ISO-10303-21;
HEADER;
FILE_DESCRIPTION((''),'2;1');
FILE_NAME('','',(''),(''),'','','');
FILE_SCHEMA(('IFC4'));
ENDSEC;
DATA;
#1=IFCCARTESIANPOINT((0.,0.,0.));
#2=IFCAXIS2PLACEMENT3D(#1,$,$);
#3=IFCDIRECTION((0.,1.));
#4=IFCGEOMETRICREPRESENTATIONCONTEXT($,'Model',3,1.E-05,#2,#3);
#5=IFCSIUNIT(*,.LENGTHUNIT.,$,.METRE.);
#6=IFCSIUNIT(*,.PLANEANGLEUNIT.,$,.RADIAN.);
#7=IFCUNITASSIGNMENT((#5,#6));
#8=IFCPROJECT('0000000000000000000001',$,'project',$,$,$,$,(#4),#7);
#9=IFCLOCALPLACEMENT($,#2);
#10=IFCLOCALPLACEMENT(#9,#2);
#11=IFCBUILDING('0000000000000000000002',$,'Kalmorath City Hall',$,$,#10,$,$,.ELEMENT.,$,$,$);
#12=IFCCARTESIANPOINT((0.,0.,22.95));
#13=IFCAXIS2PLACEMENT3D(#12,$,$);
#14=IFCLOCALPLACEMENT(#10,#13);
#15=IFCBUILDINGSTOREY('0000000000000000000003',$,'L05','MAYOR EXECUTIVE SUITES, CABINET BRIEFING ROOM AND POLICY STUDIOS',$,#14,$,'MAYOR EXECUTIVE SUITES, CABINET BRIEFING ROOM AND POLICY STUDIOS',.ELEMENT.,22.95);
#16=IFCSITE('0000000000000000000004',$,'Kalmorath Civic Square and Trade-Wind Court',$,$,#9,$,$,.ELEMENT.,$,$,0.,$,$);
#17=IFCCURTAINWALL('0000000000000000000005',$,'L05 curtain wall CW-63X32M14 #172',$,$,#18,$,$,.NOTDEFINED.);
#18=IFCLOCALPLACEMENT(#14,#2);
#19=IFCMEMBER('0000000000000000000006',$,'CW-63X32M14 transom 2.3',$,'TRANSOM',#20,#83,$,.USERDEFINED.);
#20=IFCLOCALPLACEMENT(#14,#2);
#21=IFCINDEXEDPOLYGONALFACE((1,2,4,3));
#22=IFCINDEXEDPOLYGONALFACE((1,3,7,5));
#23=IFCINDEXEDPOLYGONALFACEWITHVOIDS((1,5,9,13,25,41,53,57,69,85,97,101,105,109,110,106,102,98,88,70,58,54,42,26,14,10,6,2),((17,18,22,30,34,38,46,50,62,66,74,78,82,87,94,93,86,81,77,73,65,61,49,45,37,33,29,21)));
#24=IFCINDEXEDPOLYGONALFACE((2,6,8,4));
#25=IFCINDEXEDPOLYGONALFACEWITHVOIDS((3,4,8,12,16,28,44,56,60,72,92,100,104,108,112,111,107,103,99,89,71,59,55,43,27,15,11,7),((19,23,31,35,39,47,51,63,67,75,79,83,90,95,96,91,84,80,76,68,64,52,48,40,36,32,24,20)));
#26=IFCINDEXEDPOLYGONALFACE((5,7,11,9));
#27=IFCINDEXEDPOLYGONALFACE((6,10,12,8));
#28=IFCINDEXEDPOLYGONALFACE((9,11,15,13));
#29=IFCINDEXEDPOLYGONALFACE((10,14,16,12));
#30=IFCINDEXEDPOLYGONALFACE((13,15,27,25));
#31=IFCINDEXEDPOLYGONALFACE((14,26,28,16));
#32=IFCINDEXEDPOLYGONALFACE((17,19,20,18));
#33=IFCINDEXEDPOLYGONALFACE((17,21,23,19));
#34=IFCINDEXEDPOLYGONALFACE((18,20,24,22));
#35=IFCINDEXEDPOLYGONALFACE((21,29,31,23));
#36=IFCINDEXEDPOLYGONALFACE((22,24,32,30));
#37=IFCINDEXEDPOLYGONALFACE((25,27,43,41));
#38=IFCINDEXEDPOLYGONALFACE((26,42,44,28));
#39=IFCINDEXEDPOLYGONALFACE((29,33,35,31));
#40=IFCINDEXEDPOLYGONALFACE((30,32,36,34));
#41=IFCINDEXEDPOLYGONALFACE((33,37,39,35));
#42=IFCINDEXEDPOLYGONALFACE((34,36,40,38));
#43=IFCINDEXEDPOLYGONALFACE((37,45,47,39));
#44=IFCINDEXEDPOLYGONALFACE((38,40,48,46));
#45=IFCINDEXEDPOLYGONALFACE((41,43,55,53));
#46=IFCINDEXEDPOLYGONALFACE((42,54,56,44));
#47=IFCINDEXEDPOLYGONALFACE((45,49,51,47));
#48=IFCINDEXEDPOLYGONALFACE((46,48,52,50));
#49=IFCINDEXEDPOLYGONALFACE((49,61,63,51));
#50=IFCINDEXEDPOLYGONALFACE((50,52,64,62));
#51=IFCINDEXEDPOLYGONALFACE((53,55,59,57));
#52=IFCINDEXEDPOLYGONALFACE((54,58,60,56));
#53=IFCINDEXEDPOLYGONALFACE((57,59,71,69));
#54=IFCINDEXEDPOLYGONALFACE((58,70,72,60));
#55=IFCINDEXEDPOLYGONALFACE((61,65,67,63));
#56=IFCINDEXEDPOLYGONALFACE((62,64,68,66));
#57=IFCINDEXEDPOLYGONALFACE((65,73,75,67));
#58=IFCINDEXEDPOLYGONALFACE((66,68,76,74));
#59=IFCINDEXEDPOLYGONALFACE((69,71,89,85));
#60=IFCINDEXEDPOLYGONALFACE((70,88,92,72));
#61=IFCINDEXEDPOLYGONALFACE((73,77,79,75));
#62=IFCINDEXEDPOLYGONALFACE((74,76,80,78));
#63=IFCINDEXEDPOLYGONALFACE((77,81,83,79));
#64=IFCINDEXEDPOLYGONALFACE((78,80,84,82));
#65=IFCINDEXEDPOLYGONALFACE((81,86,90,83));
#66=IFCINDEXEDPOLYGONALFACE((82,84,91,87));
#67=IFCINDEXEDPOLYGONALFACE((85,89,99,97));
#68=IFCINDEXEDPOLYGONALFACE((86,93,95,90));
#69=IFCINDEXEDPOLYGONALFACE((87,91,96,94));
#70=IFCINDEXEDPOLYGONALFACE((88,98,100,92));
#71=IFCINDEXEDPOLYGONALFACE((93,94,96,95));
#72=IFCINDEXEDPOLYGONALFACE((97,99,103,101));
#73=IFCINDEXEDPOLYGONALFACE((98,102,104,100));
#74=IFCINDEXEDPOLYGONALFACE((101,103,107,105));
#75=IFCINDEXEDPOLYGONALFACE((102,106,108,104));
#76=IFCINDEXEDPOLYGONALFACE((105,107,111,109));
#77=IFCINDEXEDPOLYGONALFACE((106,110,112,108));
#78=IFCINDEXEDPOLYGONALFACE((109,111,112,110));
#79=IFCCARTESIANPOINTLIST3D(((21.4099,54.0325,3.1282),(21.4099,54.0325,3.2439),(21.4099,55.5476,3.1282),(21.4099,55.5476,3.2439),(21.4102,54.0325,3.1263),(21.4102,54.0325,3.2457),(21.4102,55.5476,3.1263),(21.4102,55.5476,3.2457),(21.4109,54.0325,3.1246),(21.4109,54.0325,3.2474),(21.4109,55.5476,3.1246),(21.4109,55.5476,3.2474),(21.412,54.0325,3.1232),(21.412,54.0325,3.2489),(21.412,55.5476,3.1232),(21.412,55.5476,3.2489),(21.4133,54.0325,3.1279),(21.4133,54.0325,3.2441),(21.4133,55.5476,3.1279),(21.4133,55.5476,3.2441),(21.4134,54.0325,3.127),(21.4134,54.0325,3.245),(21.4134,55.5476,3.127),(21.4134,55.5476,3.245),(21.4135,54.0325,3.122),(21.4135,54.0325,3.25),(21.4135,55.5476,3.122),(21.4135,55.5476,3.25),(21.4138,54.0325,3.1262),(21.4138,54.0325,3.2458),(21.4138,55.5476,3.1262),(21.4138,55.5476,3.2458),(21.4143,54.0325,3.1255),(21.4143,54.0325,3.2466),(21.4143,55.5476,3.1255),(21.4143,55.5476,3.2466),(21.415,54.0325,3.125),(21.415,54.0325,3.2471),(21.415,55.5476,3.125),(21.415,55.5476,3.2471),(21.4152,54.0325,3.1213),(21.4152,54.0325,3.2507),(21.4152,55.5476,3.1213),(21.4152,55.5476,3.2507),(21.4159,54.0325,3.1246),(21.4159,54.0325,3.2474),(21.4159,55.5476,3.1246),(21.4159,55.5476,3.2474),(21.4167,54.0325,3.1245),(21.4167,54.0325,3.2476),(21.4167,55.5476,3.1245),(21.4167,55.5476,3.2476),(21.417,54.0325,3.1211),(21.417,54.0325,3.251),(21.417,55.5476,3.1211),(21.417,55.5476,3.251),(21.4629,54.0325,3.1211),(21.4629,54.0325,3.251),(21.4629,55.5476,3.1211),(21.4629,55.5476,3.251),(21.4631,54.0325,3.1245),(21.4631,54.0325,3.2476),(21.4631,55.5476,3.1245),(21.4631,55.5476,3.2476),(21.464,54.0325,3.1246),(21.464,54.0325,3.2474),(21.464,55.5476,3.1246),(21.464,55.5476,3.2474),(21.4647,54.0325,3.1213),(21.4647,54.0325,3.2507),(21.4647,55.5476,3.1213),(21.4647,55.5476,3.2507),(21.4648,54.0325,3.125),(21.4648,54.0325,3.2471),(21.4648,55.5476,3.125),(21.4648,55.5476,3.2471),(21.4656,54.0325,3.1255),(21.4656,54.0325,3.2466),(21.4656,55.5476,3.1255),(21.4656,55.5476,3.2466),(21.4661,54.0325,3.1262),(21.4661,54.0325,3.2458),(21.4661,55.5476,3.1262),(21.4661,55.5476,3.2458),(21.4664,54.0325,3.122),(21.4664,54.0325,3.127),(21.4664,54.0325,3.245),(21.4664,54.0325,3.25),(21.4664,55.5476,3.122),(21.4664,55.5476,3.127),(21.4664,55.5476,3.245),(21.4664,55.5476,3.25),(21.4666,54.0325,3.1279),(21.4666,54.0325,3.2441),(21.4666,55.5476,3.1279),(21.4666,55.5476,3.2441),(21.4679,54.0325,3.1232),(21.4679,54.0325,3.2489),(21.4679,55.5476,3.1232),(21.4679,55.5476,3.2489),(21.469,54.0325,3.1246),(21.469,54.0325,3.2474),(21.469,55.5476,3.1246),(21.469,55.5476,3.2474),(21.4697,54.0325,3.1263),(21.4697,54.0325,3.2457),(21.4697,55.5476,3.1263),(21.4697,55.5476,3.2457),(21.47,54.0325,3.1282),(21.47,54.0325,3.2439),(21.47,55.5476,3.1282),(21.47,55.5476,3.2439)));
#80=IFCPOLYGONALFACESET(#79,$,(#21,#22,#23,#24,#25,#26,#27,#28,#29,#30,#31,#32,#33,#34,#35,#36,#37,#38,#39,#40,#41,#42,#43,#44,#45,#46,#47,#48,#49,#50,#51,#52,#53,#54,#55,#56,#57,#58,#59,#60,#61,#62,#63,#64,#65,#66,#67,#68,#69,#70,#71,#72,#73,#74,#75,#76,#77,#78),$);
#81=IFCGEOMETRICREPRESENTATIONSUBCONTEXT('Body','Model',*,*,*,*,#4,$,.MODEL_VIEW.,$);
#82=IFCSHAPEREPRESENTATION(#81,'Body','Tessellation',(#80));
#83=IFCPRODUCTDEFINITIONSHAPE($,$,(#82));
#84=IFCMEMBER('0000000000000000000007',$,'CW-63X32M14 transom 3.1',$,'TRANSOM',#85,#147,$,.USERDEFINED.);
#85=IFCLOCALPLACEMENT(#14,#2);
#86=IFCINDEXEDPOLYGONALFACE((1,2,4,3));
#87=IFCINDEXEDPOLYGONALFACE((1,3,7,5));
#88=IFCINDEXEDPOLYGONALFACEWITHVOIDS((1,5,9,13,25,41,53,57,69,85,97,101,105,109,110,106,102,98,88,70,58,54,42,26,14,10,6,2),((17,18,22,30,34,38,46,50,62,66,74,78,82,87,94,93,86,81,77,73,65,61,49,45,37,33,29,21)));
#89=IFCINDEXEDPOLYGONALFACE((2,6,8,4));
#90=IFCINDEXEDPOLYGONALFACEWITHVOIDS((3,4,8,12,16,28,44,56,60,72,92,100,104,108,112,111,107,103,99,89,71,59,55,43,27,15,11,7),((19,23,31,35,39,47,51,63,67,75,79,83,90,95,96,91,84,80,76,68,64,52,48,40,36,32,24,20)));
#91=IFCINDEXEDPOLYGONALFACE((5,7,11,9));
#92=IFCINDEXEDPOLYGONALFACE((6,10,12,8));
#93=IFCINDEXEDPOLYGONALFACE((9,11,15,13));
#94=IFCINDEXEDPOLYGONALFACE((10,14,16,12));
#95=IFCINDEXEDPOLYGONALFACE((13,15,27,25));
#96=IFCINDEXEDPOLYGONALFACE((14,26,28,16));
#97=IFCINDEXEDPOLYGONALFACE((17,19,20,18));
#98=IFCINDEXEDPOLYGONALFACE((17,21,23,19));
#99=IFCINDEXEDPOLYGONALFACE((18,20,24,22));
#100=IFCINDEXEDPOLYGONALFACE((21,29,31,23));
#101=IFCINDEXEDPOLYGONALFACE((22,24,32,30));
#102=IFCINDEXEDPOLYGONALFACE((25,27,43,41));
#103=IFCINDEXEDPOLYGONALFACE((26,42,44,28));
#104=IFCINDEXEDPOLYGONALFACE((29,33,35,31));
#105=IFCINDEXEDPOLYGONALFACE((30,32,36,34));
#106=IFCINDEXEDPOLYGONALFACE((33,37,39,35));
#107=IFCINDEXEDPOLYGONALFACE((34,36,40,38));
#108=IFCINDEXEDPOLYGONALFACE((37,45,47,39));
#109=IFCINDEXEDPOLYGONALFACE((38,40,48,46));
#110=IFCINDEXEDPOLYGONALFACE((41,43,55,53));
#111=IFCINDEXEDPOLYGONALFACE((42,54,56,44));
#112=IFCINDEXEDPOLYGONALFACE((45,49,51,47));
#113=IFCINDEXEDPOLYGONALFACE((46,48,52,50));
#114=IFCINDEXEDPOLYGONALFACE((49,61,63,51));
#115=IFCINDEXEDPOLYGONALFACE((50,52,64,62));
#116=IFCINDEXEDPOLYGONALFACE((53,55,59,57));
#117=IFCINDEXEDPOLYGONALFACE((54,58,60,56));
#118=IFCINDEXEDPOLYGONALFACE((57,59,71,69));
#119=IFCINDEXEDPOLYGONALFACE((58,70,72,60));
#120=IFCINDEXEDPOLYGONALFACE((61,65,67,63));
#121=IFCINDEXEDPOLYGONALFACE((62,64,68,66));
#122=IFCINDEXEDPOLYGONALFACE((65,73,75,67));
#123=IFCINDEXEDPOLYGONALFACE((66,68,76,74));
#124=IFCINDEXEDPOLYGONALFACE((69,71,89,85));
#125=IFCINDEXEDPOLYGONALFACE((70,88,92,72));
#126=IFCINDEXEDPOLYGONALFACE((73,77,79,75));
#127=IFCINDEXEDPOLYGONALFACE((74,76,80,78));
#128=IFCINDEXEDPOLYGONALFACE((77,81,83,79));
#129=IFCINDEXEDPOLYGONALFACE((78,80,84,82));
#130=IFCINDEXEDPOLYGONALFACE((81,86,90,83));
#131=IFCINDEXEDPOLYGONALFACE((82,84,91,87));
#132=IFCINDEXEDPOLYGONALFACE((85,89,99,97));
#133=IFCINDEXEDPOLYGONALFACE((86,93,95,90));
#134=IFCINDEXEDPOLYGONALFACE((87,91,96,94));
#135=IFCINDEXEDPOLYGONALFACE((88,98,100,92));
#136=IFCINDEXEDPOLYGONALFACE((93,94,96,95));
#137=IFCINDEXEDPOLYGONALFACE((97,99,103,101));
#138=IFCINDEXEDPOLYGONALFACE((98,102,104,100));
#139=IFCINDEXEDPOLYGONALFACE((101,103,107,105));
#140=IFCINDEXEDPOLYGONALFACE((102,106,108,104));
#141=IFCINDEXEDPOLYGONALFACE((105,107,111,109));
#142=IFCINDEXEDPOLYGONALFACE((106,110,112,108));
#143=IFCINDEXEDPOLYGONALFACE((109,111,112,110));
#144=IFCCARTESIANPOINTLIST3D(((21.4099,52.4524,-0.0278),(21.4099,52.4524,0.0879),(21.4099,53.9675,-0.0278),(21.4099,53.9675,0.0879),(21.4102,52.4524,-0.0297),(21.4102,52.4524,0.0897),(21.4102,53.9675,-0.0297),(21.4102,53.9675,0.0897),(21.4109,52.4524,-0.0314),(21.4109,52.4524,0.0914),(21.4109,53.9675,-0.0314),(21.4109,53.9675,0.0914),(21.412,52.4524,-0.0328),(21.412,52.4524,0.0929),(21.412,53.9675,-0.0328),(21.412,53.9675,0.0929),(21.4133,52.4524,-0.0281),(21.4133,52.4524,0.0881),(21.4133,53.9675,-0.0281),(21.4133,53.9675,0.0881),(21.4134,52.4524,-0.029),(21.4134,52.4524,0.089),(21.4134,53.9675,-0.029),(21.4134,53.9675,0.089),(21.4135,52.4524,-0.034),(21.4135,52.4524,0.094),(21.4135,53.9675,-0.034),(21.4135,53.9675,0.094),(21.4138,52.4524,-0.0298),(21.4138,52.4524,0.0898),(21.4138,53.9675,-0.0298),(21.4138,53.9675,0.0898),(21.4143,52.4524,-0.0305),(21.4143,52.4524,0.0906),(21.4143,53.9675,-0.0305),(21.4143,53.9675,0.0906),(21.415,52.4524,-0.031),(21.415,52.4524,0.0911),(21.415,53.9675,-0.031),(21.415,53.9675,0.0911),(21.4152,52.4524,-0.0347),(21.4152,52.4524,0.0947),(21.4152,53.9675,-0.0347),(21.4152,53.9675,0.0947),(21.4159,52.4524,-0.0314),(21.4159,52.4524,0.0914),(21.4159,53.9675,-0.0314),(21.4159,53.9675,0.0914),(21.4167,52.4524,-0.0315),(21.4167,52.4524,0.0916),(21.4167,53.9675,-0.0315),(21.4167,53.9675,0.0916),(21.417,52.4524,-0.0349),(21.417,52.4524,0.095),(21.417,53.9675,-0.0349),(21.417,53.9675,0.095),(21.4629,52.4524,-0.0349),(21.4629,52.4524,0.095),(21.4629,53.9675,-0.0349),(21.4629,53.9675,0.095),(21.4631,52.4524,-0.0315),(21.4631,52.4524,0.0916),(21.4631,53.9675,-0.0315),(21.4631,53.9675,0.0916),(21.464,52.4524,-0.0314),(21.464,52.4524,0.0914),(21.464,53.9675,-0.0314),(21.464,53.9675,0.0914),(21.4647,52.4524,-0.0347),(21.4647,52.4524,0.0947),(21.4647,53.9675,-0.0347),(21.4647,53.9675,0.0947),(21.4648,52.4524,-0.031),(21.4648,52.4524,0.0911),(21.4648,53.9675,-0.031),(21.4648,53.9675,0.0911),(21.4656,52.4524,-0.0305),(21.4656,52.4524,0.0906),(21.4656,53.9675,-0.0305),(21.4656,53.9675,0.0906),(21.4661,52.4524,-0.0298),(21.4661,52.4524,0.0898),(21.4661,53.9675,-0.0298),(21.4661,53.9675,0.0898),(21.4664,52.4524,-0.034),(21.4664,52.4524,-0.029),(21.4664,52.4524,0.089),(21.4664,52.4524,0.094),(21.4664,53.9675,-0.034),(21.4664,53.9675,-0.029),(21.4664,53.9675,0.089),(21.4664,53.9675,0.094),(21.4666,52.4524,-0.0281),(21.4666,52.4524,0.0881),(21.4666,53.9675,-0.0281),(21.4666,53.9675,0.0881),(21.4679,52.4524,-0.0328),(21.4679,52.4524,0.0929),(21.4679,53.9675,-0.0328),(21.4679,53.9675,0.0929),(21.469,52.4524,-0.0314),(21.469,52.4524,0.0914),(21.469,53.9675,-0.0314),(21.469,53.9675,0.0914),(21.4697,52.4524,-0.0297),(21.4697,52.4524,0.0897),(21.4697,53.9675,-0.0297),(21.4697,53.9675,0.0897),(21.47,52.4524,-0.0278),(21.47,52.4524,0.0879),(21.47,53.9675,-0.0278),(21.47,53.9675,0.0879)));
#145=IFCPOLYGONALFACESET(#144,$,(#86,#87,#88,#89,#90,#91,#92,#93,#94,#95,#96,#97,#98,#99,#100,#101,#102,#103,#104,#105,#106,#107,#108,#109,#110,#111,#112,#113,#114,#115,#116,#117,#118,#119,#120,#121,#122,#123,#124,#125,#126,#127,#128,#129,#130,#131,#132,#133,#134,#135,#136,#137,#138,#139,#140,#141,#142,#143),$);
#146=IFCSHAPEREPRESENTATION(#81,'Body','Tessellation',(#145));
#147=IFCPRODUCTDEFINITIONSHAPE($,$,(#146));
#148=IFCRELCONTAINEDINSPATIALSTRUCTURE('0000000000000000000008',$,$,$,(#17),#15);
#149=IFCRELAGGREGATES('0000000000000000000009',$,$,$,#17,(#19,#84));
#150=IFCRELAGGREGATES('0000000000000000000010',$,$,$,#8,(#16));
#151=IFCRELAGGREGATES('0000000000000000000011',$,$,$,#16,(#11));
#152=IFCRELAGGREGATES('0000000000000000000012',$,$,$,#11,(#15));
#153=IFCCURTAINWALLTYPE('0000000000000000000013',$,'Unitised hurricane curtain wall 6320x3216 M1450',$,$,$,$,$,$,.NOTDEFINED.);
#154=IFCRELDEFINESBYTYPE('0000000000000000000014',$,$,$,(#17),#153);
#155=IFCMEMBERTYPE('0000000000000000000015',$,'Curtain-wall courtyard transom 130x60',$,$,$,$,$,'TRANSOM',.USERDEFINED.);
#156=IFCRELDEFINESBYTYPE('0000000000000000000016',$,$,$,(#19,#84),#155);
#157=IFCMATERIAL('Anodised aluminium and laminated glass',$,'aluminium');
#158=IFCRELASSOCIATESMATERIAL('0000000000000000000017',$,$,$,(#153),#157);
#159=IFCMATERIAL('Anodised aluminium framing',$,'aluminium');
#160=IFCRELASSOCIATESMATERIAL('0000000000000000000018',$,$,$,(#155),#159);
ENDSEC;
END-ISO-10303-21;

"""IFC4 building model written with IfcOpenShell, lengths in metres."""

from ifc_helpers import new_model, si_unit, direction, frame, origin, origin_2d, place, context, subcontext, project, spatial, hollow_rectangle, extrude, material, material_profile, profile_set, type_object, element, aggregate, save


model = new_model("IFC4")

# Units and contexts
model_context = context("Model", 3, precision=1e-05, world=origin(), true_north=direction((0.0, 1.0)))
body_context = subcontext(model_context, "Body", "Model", "MODEL_VIEW")
ifc_project = project(units=[si_unit("LENGTHUNIT", "METRE"), si_unit("PLANEANGLEUNIT", "RADIAN")], contexts=[model_context])

# Site, building, storey
site_placement = place(None, origin())
site = spatial("IfcSite", under=ifc_project, at=site_placement, Name="Kalmorath Civic Square and Trade-Wind Court", CompositionType="ELEMENT", RefElevation=0.0)
building_placement = place(site_placement, origin())
building = spatial("IfcBuilding", under=site, at=building_placement, Name="Kalmorath City Hall", CompositionType="ELEMENT")
storey_placement = place(building_placement, frame((0.0, 0.0, 22.95)))
storey = spatial("IfcBuildingStorey", under=building, at=storey_placement, Name="L05", Description="MAYOR EXECUTIVE SUITES, CABINET BRIEFING ROOM AND POLICY STUDIOS", LongName="MAYOR EXECUTIVE SUITES, CABINET BRIEFING ROOM AND POLICY STUDIOS", CompositionType="ELEMENT", Elevation=22.95)

# Curtain wall, members
ifc_material_1 = material(Name="Anodised aluminium and laminated glass", Category="aluminium")
curtain_wall_type = type_object("IfcCurtainWallType", Name="Unitised hurricane curtain wall 6320x3216 M1450", PredefinedType="NOTDEFINED", material=ifc_material_1)
curtain_wall_placement = place(storey_placement, origin())
curtain_wall = element("IfcCurtainWall", 1, at=curtain_wall_placement, inside=storey, type_object=curtain_wall_type, Name="L05 curtain wall CW-63X32M14 #172", PredefinedType="NOTDEFINED")
ifc_material_2 = material(Name="Anodised aluminium framing", Category="aluminium")
ifc_material_profile_1 = material_profile(ifc_material_2, hollow_rectangle(XDim=0.0601, YDim=0.1299, WallThickness=0.0034, InnerFilletRadius=0.0034, OuterFilletRadius=0.0071, at=origin_2d()), Name="ALU-TRN-130X60X3.5")
ifc_profile_set_1 = profile_set([ifc_material_profile_1], Name="Anodised aluminium framing")
member_type_1 = type_object("IfcMemberType", Name="Curtain-wall courtyard transom 130x60", ElementType="TRANSOM", PredefinedType="USERDEFINED", material=ifc_profile_set_1)
member_1_placement = place(storey_placement, frame((21.4399, 55.5476, 3.186), z_axis=(0.0, -1.0, 0.0), x_axis=(1.0, 0.0, 0.0)))
member_1 = element("IfcMember", 2, at=member_1_placement, type_object=member_type_1, Name="CW-63X32M14 transom 2.3", ObjectType="TRANSOM", PredefinedType="USERDEFINED", context=body_context, shape_type="SweptSolid", body=[
    extrude(hollow_rectangle(XDim=0.0601, YDim=0.1299, WallThickness=0.0034, InnerFilletRadius=0.0034, OuterFilletRadius=0.0071, at=origin_2d()), origin(), (0.0, 0.0, 1.0), 1.5151),
])
member_2_placement = place(storey_placement, frame((21.4399, 53.9675, 0.03), z_axis=(0.0, -1.0, 0.0), x_axis=(1.0, 0.0, 0.0)))
member_2 = element("IfcMember", 3, at=member_2_placement, type_object=member_type_1, Name="CW-63X32M14 transom 3.1", ObjectType="TRANSOM", PredefinedType="USERDEFINED", context=body_context, shape_type="SweptSolid", body=[
    extrude(hollow_rectangle(XDim=0.0601, YDim=0.1299, WallThickness=0.0034, InnerFilletRadius=0.0034, OuterFilletRadius=0.0071, at=origin_2d()), origin(), (0.0, 0.0, 1.0), 1.5151),
])

aggregate(curtain_wall, [member_1, member_2])

save(model, "model.ifc")
